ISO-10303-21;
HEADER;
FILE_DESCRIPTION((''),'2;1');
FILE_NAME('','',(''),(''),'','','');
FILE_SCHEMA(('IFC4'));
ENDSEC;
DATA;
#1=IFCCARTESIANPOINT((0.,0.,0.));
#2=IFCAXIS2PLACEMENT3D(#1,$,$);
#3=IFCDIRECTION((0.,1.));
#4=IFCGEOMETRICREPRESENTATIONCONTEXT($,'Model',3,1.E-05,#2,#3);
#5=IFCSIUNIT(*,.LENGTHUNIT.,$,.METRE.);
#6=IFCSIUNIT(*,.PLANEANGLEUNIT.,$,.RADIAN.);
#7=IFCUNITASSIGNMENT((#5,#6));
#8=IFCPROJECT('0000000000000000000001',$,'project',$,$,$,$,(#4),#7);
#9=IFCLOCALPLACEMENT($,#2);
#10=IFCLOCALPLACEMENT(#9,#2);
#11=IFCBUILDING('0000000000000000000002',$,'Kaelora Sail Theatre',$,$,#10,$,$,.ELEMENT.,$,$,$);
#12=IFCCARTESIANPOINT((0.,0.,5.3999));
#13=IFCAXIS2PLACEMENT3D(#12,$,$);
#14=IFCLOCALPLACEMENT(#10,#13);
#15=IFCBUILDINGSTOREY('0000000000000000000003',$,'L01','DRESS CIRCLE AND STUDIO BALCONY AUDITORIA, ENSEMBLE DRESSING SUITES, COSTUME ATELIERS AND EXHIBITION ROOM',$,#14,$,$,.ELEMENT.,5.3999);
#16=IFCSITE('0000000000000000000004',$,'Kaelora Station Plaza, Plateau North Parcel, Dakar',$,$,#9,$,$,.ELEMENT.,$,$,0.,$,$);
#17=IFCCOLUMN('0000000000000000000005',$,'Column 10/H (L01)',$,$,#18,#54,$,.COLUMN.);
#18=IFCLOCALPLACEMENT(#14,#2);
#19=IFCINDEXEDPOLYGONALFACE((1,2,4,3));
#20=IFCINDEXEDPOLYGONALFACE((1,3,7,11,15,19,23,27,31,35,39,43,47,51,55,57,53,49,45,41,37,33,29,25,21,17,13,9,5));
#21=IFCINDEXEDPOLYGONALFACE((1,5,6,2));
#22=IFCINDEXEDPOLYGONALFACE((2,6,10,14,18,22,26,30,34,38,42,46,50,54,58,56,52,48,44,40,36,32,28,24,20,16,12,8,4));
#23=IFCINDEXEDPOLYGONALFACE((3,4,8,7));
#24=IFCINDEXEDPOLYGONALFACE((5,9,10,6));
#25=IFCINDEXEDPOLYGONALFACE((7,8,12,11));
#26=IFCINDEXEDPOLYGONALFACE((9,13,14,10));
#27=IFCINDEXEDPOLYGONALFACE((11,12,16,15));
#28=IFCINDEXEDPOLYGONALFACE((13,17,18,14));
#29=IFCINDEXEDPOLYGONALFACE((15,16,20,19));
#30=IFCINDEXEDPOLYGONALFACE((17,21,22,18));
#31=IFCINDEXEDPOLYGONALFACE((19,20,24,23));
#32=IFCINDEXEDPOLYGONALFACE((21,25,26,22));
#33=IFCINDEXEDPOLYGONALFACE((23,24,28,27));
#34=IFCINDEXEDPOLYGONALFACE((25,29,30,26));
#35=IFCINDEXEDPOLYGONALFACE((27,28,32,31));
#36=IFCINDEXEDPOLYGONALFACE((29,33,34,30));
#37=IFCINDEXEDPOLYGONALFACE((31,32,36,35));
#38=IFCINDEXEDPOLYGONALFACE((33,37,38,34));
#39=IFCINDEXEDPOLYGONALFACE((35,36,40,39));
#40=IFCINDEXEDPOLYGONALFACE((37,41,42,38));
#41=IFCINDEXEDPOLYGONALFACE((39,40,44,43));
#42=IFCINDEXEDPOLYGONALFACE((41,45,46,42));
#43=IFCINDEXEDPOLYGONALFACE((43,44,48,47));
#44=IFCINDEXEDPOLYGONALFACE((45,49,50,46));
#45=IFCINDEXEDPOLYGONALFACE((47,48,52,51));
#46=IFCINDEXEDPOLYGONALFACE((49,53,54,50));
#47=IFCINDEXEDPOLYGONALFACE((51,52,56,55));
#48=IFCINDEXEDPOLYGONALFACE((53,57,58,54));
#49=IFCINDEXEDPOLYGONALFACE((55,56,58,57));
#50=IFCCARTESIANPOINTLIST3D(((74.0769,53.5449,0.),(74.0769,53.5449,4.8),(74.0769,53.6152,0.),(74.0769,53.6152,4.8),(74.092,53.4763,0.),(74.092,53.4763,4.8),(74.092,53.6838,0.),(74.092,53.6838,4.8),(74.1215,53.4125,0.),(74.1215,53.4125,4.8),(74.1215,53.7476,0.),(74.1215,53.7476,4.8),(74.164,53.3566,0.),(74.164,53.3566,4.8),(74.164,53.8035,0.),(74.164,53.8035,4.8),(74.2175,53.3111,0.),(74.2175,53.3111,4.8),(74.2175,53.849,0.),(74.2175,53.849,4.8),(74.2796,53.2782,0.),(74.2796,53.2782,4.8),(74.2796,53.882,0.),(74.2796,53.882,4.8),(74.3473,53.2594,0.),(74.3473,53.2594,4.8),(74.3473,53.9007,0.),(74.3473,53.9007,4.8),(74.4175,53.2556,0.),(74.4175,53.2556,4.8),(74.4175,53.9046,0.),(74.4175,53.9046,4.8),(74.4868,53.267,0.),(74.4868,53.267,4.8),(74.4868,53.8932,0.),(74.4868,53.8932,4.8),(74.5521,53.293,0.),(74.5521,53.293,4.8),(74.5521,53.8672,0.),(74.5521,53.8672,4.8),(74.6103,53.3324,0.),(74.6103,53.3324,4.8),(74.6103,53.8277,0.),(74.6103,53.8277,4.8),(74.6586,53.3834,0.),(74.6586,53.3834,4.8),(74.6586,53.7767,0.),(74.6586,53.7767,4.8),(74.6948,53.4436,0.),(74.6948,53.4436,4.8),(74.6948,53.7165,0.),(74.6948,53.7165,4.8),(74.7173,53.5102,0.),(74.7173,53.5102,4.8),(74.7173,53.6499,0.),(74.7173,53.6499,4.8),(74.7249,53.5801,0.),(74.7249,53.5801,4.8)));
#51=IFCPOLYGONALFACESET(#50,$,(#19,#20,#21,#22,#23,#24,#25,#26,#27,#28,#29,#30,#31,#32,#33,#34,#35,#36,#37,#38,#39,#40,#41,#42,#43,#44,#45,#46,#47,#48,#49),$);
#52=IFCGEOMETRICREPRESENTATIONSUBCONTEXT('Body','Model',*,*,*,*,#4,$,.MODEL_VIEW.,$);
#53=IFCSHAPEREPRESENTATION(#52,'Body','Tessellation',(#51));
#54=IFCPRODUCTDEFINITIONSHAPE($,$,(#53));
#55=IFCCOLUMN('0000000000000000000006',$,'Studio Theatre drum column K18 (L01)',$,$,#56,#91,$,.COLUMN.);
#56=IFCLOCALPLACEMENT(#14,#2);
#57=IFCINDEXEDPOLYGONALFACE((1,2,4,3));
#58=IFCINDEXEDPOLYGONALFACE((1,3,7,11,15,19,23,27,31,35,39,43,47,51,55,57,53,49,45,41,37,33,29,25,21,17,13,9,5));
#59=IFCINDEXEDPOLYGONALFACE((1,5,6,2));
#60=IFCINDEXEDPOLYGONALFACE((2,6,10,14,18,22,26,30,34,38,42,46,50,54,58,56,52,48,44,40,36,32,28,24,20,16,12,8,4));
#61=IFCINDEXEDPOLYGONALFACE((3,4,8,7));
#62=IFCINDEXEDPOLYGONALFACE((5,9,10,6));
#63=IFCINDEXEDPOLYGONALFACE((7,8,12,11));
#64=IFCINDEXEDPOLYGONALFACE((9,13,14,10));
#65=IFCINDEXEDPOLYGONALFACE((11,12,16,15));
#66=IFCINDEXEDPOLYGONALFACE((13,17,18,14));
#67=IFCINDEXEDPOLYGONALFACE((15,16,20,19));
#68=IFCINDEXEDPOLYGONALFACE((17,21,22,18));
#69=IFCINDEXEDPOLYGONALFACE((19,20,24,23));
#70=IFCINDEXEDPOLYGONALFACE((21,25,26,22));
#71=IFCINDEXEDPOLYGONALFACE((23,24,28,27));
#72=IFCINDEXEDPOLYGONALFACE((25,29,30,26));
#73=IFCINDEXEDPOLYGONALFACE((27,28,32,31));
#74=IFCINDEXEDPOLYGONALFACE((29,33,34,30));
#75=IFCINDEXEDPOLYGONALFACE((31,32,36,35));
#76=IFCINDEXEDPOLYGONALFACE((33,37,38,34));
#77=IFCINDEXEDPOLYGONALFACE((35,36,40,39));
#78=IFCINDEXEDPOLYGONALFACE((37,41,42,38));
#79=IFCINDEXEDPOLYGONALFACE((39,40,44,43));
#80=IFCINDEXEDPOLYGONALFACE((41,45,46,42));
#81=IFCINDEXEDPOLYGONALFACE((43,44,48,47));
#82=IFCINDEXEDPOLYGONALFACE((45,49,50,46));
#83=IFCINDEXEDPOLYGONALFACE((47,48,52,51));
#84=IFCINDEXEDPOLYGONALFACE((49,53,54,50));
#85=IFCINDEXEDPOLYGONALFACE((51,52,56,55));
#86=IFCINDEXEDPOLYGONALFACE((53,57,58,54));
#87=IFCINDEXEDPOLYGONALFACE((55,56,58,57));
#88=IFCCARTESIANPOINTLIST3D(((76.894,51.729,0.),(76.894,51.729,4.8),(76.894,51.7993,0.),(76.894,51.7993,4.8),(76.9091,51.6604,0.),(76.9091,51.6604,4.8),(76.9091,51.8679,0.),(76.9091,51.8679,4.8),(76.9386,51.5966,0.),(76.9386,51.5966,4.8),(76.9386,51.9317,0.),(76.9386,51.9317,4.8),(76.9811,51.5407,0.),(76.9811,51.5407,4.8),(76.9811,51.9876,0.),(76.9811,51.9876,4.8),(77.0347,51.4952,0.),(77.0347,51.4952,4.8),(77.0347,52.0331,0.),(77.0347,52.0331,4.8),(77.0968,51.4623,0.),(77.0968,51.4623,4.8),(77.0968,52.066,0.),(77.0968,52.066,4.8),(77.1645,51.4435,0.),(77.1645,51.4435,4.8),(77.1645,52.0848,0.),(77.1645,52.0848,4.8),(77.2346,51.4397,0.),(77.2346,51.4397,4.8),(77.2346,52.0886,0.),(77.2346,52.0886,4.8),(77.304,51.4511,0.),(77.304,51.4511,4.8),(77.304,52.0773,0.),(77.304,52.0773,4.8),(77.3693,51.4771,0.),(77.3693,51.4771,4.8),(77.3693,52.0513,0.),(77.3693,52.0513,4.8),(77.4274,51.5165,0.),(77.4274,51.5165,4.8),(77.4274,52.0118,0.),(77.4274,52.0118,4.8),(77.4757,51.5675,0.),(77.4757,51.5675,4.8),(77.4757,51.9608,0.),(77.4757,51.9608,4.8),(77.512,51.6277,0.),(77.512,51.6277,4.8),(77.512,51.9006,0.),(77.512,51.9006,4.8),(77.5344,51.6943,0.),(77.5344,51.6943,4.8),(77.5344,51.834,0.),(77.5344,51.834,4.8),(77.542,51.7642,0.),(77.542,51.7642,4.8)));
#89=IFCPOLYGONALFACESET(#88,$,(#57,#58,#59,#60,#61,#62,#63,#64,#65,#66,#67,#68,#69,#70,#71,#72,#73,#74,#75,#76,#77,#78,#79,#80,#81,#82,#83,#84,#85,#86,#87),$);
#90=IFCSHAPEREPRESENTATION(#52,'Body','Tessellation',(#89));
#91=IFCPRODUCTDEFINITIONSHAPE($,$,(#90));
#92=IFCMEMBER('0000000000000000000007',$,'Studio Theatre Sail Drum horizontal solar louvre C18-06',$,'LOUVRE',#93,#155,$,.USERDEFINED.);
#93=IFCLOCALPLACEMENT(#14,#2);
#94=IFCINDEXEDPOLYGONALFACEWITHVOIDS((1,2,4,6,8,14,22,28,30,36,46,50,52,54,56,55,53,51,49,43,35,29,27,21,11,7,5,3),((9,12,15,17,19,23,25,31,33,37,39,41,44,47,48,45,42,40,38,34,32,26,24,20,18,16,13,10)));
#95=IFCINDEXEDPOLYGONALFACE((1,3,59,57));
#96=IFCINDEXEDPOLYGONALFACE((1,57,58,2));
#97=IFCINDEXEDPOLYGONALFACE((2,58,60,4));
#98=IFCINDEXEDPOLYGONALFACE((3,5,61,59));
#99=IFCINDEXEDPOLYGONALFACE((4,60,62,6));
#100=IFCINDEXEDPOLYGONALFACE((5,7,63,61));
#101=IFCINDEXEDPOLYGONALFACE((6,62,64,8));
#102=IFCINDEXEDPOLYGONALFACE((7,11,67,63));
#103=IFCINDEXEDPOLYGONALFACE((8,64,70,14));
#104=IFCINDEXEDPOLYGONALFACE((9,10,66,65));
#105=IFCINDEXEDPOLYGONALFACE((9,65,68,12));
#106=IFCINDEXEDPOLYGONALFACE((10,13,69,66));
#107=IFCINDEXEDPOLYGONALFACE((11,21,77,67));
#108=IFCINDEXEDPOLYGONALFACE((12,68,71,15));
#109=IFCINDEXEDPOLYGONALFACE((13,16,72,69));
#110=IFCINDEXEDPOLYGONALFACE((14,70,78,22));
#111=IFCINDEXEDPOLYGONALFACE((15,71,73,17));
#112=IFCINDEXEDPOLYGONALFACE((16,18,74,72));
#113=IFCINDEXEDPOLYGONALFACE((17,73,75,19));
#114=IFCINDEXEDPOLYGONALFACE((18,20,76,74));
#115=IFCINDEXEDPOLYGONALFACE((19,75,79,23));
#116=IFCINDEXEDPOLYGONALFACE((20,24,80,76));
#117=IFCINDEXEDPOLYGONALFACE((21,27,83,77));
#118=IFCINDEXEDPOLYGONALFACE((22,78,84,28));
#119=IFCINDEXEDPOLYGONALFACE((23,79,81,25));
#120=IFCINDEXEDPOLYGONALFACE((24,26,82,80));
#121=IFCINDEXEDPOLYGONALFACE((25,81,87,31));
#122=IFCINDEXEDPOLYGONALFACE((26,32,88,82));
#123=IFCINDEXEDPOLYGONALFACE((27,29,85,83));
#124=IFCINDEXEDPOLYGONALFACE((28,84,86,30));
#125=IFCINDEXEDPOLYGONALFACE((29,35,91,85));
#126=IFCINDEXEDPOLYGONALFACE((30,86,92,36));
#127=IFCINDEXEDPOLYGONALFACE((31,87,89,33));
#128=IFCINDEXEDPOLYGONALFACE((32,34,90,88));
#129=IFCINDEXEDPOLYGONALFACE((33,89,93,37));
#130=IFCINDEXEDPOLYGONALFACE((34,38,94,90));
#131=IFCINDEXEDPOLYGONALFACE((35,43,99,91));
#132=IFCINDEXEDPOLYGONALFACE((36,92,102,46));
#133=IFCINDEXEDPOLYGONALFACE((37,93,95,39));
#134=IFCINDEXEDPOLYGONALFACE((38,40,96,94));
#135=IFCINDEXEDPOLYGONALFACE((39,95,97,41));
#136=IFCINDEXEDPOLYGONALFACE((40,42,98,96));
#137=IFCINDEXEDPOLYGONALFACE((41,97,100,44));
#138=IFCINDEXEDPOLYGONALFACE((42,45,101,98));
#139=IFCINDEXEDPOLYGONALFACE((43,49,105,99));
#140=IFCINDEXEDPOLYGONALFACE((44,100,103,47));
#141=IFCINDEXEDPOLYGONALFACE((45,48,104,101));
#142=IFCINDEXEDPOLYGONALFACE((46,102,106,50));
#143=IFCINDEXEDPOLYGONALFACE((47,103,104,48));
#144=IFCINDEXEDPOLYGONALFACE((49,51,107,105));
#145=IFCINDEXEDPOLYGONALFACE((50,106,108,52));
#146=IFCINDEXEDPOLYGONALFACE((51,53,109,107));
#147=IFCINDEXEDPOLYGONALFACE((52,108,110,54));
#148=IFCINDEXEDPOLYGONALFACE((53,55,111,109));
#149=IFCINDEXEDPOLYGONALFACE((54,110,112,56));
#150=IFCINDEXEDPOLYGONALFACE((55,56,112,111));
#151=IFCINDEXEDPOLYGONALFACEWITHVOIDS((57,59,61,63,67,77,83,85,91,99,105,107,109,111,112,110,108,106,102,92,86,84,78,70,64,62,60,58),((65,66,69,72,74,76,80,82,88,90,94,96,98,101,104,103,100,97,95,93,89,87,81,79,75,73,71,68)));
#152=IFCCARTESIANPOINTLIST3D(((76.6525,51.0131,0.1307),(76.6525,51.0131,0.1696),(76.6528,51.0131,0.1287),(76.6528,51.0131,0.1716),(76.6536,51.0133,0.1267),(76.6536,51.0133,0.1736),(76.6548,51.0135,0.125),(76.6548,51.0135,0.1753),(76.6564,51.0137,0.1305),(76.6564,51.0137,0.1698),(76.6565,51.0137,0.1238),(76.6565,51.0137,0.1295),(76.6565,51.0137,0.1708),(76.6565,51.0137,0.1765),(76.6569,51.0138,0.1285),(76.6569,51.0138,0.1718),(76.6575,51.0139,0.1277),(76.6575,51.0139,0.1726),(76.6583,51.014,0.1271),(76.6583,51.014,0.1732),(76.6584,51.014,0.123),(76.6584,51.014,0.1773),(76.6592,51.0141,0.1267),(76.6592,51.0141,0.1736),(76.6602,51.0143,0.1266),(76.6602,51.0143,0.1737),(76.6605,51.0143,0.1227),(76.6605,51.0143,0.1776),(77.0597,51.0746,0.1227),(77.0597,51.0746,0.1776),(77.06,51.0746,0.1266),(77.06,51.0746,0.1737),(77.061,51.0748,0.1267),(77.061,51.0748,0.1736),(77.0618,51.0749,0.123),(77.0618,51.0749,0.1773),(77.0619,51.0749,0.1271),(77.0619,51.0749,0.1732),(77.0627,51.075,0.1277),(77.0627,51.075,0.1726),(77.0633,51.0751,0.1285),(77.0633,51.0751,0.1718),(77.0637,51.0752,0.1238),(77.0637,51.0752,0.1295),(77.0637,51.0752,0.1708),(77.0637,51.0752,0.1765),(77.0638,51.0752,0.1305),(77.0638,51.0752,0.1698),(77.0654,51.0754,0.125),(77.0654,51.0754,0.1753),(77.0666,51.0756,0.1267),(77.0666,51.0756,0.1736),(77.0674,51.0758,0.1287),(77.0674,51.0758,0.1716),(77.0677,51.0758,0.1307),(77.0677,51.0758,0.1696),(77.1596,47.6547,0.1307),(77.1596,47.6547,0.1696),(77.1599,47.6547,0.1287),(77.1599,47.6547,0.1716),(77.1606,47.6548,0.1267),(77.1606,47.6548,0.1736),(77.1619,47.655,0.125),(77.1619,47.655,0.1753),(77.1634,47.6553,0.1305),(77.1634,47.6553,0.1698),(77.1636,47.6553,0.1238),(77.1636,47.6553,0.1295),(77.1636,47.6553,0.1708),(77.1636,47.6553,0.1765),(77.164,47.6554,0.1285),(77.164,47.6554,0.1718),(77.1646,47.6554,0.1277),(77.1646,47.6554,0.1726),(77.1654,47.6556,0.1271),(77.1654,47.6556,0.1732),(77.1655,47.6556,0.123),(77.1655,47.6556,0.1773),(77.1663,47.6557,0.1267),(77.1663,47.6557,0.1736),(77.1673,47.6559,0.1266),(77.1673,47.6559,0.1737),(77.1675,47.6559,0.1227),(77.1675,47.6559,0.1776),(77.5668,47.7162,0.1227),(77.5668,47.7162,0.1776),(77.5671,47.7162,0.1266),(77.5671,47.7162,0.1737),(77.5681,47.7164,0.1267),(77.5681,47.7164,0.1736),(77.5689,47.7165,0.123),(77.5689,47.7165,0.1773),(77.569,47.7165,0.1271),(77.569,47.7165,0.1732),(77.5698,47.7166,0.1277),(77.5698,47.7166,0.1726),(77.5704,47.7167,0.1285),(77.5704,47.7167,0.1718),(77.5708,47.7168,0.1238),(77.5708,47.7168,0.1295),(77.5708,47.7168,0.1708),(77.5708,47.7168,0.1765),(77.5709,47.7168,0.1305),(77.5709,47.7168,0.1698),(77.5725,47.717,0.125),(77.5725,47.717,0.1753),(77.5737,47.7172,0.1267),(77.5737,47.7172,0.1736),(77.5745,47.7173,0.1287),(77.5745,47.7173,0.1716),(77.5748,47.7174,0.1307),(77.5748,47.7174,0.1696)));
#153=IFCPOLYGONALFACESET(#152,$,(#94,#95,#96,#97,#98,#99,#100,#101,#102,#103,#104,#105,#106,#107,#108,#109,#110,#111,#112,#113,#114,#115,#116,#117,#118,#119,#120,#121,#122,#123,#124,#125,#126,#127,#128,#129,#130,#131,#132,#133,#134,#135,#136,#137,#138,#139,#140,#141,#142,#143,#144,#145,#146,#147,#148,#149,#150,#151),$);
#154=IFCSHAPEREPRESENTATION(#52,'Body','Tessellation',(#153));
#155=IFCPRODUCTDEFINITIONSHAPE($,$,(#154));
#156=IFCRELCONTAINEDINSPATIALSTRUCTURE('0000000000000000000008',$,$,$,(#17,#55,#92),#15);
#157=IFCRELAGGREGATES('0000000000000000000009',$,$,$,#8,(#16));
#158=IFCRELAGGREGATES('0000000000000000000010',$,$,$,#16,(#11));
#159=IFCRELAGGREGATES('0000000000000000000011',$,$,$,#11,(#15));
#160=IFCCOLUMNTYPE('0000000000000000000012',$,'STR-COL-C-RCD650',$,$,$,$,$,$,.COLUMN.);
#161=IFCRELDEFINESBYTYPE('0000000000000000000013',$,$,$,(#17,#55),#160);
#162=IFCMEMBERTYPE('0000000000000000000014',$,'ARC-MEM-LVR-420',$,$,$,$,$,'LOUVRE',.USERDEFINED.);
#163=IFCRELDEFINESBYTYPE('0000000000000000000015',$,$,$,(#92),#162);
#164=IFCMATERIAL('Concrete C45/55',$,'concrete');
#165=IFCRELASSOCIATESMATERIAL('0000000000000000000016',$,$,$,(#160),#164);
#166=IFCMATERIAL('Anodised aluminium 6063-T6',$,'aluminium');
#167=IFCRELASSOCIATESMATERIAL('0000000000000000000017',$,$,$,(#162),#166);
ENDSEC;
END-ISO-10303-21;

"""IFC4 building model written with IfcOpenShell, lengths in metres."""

from ifc_helpers import new_model, si_unit, direction, frame, origin, origin_2d, place, context, subcontext, project, spatial, hollow_rectangle, circle, extrude, material, material_profile, profile_set, type_object, element, save


model = new_model("IFC4")

# Units and contexts
model_context = context("Model", 3, precision=1e-05, world=origin(), true_north=direction((0.0, 1.0)))
body_context = subcontext(model_context, "Body", "Model", "MODEL_VIEW")
ifc_project = project(units=[si_unit("LENGTHUNIT", "METRE"), si_unit("PLANEANGLEUNIT", "RADIAN")], contexts=[model_context])

# Site, building, storey
site_placement = place(None, origin())
site = spatial("IfcSite", under=ifc_project, at=site_placement, Name="Kaelora Station Plaza, Plateau North Parcel, Dakar", CompositionType="ELEMENT", RefElevation=0.0)
building_placement = place(site_placement, origin())
building = spatial("IfcBuilding", under=site, at=building_placement, Name="Kaelora Sail Theatre", CompositionType="ELEMENT")
storey_placement = place(building_placement, frame((0.0, 0.0, 5.3999)))
storey = spatial("IfcBuildingStorey", under=building, at=storey_placement, Name="L01", Description="DRESS CIRCLE AND STUDIO BALCONY AUDITORIA, ENSEMBLE DRESSING SUITES, COSTUME ATELIERS AND EXHIBITION ROOM", CompositionType="ELEMENT", Elevation=5.3999)

# Columns
ifc_material_1 = material(Name="Concrete C45/55", Category="concrete")
ifc_material_profile_1 = material_profile(ifc_material_1, circle(Radius=0.325, at=origin_2d()), Name="RC-CCOL D650")
ifc_profile_set_1 = profile_set([ifc_material_profile_1], Name="Concrete C45/55")
column_type = type_object("IfcColumnType", Name="STR-COL-C-RCD650", PredefinedType="COLUMN", material=ifc_profile_set_1)
for number, where, z_axis, x_axis, name in (
    (1, (74.3999, 53.5801, 0.0), (0.0, 0.0, 1.0), (1.0, 0.0, 0.0), "Column 10/H (L01)"),
    (2, (77.217, 51.7642, 0.0), (0.0, 0.0, 1.0), (1.0, 0.0, 0.0), "Studio Theatre drum column K18 (L01)"),
):
    element("IfcColumn", number, at=place(storey_placement, frame(where, z_axis=z_axis, x_axis=x_axis)), inside=storey, type_object=column_type, Name=name, PredefinedType="COLUMN", context=body_context, shape_type="SweptSolid", body=[
        extrude(circle(Radius=0.325, at=origin_2d()), origin(), (0.0, 0.0, 1.0), 4.8),
    ])

# Member
ifc_material_2 = material(Name="Anodised aluminium 6063-T6", Category="aluminium")
ifc_material_profile_2 = material_profile(ifc_material_2, hollow_rectangle(XDim=0.4199, YDim=0.0549, WallThickness=0.0039, InnerFilletRadius=0.0039, OuterFilletRadius=0.0081, at=origin_2d()), Name="LOUVRE 420x55x4")
ifc_profile_set_2 = profile_set([ifc_material_profile_2], Name="Anodised aluminium 6063-T6")
member_type_1 = type_object("IfcMemberType", Name="ARC-MEM-LVR-420", ElementType="LOUVRE", PredefinedType="USERDEFINED", material=ifc_profile_set_2)
for number, where, z_axis, x_axis, name in (
    (3, (77.3672, 47.686, 0.1501), (-0.149296, 0.988792, 0.0), (-0.988792, -0.149296, 0.0), "Studio Theatre Sail Drum horizontal solar louvre C18-06"),
):
    element("IfcMember", number, at=place(storey_placement, frame(where, z_axis=z_axis, x_axis=x_axis)), inside=storey, type_object=member_type_1, Name=name, ObjectType="LOUVRE", PredefinedType="USERDEFINED", context=body_context, shape_type="SweptSolid", body=[
        extrude(hollow_rectangle(XDim=0.4199, YDim=0.0549, WallThickness=0.0039, InnerFilletRadius=0.0039, OuterFilletRadius=0.0081, at=origin_2d()), origin(), (0.0, 0.0, 1.0), 3.3965),
    ])

save(model, "model.ifc")
